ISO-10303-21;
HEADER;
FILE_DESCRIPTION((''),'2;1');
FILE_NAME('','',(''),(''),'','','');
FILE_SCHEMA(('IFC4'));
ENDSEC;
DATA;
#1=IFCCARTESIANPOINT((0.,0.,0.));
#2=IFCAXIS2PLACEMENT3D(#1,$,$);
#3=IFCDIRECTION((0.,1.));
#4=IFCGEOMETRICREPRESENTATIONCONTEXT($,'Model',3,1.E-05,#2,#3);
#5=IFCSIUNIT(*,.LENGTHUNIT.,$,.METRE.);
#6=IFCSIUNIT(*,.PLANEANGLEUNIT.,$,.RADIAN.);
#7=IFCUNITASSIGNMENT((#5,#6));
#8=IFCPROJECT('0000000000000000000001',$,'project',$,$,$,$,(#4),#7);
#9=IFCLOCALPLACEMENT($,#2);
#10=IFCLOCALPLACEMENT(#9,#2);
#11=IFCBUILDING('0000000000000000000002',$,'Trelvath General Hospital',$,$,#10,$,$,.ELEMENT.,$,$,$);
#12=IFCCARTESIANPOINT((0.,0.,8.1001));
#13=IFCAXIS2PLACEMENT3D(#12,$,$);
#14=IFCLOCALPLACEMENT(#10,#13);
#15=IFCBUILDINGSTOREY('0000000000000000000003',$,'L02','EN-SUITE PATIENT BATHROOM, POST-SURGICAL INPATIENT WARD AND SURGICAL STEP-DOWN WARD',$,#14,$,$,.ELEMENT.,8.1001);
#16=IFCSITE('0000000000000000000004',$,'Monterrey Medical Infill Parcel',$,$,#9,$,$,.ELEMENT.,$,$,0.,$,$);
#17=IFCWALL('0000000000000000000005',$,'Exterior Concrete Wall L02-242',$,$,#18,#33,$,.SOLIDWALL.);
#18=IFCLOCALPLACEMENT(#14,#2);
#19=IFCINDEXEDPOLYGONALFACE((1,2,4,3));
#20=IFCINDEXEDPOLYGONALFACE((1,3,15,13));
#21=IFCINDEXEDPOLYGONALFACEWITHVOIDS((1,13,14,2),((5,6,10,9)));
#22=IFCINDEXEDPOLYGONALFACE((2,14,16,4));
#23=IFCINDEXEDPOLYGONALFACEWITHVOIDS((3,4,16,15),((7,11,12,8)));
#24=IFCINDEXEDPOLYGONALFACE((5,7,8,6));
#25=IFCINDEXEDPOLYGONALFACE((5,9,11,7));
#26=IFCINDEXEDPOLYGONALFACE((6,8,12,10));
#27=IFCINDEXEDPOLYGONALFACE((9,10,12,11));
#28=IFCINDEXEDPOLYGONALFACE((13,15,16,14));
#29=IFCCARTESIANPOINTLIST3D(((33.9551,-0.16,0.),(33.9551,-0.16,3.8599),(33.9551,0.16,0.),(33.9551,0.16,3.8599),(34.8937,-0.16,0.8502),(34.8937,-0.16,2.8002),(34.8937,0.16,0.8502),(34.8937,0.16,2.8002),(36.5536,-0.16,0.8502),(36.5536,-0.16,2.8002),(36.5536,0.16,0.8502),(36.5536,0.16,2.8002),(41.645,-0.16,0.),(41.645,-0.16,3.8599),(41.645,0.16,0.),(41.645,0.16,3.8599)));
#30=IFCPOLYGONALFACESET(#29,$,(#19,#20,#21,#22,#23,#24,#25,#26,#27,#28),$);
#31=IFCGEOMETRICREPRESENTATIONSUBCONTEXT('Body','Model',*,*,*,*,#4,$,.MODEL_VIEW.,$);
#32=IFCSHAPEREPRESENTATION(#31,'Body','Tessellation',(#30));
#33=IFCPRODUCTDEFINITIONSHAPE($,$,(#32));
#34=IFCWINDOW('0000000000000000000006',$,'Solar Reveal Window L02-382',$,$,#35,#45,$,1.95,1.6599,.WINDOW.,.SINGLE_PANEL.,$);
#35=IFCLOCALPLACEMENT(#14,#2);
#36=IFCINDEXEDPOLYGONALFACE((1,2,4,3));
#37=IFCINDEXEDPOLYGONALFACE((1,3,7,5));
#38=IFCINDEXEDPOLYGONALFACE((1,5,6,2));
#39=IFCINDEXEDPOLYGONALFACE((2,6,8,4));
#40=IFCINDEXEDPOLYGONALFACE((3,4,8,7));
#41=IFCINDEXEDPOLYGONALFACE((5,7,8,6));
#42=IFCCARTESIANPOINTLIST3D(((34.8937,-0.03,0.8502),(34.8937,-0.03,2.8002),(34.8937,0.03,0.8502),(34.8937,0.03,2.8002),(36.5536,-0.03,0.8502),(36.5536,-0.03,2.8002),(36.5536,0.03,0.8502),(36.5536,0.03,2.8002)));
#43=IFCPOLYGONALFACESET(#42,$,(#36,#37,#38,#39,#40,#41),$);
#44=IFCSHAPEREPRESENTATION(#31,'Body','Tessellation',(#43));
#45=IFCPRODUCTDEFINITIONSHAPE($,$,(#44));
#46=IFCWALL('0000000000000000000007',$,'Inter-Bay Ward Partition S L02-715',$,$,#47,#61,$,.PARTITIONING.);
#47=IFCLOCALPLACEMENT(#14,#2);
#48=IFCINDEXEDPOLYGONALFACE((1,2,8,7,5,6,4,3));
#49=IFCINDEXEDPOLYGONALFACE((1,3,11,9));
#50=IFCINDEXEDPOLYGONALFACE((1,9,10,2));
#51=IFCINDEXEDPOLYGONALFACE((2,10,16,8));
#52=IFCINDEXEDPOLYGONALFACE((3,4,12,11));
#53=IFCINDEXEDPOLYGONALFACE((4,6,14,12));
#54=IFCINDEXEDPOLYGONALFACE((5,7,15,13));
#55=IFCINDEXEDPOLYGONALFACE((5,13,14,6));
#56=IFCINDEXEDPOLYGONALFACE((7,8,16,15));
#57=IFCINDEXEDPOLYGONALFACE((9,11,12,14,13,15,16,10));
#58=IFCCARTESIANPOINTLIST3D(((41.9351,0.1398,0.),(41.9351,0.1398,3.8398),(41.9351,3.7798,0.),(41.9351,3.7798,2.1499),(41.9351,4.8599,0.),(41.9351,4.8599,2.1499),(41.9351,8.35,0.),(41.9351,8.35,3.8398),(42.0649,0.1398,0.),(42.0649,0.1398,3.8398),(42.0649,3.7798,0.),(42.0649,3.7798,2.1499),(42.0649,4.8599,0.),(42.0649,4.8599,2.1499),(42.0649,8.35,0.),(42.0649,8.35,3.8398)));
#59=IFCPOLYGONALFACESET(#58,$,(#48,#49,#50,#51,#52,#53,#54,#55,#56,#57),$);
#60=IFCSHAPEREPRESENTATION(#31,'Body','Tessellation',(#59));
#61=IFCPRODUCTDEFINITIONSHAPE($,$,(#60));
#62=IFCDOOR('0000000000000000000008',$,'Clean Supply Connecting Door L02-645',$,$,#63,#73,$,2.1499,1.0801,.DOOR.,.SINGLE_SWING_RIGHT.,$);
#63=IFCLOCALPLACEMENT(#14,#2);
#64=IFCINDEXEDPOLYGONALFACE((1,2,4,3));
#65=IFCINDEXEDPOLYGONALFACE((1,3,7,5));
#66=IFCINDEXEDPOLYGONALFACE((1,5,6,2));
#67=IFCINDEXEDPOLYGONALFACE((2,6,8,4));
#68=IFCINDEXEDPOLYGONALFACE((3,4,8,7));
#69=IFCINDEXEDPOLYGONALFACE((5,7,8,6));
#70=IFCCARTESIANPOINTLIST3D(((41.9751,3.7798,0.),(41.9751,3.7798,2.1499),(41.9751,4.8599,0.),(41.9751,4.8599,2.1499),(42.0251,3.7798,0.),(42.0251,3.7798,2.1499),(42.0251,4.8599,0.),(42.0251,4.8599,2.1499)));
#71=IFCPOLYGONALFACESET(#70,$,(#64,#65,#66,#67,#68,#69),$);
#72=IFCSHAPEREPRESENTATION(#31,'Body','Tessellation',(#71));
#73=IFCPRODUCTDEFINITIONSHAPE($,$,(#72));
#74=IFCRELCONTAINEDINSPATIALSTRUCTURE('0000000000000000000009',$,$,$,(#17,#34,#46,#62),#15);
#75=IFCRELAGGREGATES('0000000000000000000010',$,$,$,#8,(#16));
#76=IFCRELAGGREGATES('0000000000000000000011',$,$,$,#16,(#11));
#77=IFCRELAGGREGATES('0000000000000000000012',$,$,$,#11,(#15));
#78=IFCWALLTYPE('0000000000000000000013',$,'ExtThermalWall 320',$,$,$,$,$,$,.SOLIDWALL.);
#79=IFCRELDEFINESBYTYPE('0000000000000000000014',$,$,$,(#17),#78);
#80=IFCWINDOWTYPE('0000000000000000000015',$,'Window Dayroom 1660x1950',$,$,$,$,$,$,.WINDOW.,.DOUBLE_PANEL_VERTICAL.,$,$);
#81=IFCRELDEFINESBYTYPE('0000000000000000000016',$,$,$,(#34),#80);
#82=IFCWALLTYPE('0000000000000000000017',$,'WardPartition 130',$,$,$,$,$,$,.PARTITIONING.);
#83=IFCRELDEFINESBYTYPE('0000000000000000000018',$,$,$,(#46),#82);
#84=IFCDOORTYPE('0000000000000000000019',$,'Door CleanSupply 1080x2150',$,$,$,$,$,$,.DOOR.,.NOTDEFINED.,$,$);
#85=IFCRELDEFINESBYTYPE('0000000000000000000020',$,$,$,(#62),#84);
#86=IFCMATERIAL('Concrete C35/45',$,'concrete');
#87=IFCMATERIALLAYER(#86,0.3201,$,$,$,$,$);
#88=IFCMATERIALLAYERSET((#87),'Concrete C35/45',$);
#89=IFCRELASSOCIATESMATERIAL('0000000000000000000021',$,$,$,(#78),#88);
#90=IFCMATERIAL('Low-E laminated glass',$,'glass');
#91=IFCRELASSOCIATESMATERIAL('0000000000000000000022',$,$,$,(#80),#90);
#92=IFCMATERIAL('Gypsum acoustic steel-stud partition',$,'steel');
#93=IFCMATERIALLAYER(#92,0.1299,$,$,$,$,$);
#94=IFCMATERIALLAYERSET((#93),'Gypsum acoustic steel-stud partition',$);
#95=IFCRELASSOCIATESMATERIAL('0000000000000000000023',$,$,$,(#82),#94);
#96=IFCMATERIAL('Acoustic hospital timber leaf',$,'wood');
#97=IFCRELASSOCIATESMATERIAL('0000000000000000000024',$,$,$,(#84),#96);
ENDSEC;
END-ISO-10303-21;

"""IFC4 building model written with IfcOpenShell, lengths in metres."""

from ifc_helpers import new_model, si_unit, direction, frame, frame_2d, origin, place, context, subcontext, project, spatial, rectangle, extrude, material, layer, layer_set, type_object, element, fill, save


model = new_model("IFC4")

# Units and contexts
model_context = context("Model", 3, precision=1e-05, world=origin(), true_north=direction((0.0, 1.0)))
body_context = subcontext(model_context, "Body", "Model", "MODEL_VIEW")
ifc_project = project(units=[si_unit("LENGTHUNIT", "METRE"), si_unit("PLANEANGLEUNIT", "RADIAN")], contexts=[model_context])

# Site, building, storey
site_placement = place(None, origin())
site = spatial("IfcSite", under=ifc_project, at=site_placement, Name="Monterrey Medical Infill Parcel", CompositionType="ELEMENT", RefElevation=0.0)
building_placement = place(site_placement, origin())
building = spatial("IfcBuilding", under=site, at=building_placement, Name="Trelvath General Hospital", CompositionType="ELEMENT")
storey_placement = place(building_placement, frame((0.0, 0.0, 8.1001)))
storey = spatial("IfcBuildingStorey", under=building, at=storey_placement, Name="L02", Description="EN-SUITE PATIENT BATHROOM, POST-SURGICAL INPATIENT WARD AND SURGICAL STEP-DOWN WARD", CompositionType="ELEMENT", Elevation=8.1001)

# Wall, opening, window
ifc_material_1 = material(Name="Concrete C35/45", Category="concrete")
ifc_layer_1 = layer(ifc_material_1, 0.3201)
ifc_layer_set_1 = layer_set([ifc_layer_1], Name="Concrete C35/45")
wall_type_1 = type_object("IfcWallType", Name="ExtThermalWall 320", PredefinedType="SOLIDWALL", material=ifc_layer_set_1)
wall_1_placement = place(storey_placement, frame((41.645, 0.0, 0.0), z_axis=(0.0, 0.0, 1.0), x_axis=(-1.0, 0.0, 0.0)))
wall_1 = element("IfcWall", 1, at=wall_1_placement, inside=storey, type_object=wall_type_1, Name="Exterior Concrete Wall L02-242", PredefinedType="SOLIDWALL", context=body_context, shape_type="SweptSolid", body=[
    extrude(rectangle(XDim=7.6899, YDim=0.3201, at=frame_2d((3.845, 0.0))), origin(), (0.0, 0.0, 1.0), 3.8599),
])
opening_1_placement = place(wall_1_placement, frame((5.0913, 0.0, 0.8501)))
opening_1 = element("IfcOpeningElement", 2, at=opening_1_placement, cuts=wall_1, PredefinedType="OPENING", context=body_context, shape_type="SweptSolid", body=[
    extrude(rectangle(XDim=1.6599, YDim=1.95, at=frame_2d((0.8301, 0.9751))), frame((0.0, 0.1699, 0.0), z_axis=(0.0, -1.0, 0.0), x_axis=(1.0, 0.0, 0.0)), (0.0, 0.0, 1.0), 0.3401),
])
ifc_material_2 = material(Name="Low-E laminated glass", Category="glass")
window_type = type_object("IfcWindowType", Name="Window Dayroom 1660x1950", PartitioningType="DOUBLE_PANEL_VERTICAL", PredefinedType="WINDOW", material=ifc_material_2)
window_placement = place(opening_1_placement, origin())
window = element("IfcWindow", 3, at=window_placement, inside=storey, type_object=window_type, Name="Solar Reveal Window L02-382", OverallHeight=1.95, OverallWidth=1.6599, PartitioningType="SINGLE_PANEL", PredefinedType="WINDOW", context=body_context, shape_type="SweptSolid", body=[
    extrude(rectangle(XDim=1.6599, YDim=1.95, at=frame_2d((0.8301, 0.9751))), frame((0.0, 0.03, 0.0), z_axis=(0.0, -1.0, 0.0), x_axis=(1.0, 0.0, 0.0)), (0.0, 0.0, 1.0), 0.0601),
])
fill(opening_1, window)

# Wall, opening, door
ifc_material_3 = material(Name="Gypsum acoustic steel-stud partition", Category="steel")
ifc_layer_2 = layer(ifc_material_3, 0.1299)
ifc_layer_set_2 = layer_set([ifc_layer_2], Name="Gypsum acoustic steel-stud partition")
wall_type_2 = type_object("IfcWallType", Name="WardPartition 130", PredefinedType="PARTITIONING", material=ifc_layer_set_2)
wall_2_placement = place(storey_placement, frame((42.0, 0.1399, 0.0), z_axis=(0.0, 0.0, 1.0), x_axis=(0.0, 1.0, 0.0)))
wall_2 = element("IfcWall", 4, at=wall_2_placement, inside=storey, type_object=wall_type_2, Name="Inter-Bay Ward Partition S L02-715", PredefinedType="PARTITIONING", context=body_context, shape_type="SweptSolid", body=[
    extrude(rectangle(XDim=8.2102, YDim=0.1299, at=frame_2d((4.105, 0.0))), origin(), (0.0, 0.0, 1.0), 3.8398),
])
opening_2_placement = place(wall_2_placement, frame((3.6399, 0.0, 0.0)))
opening_2 = element("IfcOpeningElement", 5, at=opening_2_placement, cuts=wall_2, PredefinedType="OPENING", context=body_context, shape_type="SweptSolid", body=[
    extrude(rectangle(XDim=1.0801, YDim=2.1499, at=frame_2d((0.54, 1.075))), frame((0.0, 0.075, 0.0), z_axis=(0.0, -1.0, 0.0), x_axis=(1.0, 0.0, 0.0)), (0.0, 0.0, 1.0), 0.1499),
])
ifc_material_4 = material(Name="Acoustic hospital timber leaf", Category="wood")
door_type = type_object("IfcDoorType", Name="Door CleanSupply 1080x2150", OperationType="NOTDEFINED", PredefinedType="DOOR", material=ifc_material_4)
door_placement = place(opening_2_placement, origin())
door = element("IfcDoor", 6, at=door_placement, inside=storey, type_object=door_type, Name="Clean Supply Connecting Door L02-645", OperationType="SINGLE_SWING_RIGHT", OverallHeight=2.1499, OverallWidth=1.0801, PredefinedType="DOOR", context=body_context, shape_type="SweptSolid", body=[
    extrude(rectangle(XDim=1.0801, YDim=2.1499, at=frame_2d((0.54, 1.075))), frame((0.0, 0.0249, 0.0), z_axis=(0.0, -1.0, 0.0), x_axis=(1.0, 0.0, 0.0)), (0.0, 0.0, 1.0), 0.05),
])
fill(opening_2, door)

save(model, "model.ifc")
